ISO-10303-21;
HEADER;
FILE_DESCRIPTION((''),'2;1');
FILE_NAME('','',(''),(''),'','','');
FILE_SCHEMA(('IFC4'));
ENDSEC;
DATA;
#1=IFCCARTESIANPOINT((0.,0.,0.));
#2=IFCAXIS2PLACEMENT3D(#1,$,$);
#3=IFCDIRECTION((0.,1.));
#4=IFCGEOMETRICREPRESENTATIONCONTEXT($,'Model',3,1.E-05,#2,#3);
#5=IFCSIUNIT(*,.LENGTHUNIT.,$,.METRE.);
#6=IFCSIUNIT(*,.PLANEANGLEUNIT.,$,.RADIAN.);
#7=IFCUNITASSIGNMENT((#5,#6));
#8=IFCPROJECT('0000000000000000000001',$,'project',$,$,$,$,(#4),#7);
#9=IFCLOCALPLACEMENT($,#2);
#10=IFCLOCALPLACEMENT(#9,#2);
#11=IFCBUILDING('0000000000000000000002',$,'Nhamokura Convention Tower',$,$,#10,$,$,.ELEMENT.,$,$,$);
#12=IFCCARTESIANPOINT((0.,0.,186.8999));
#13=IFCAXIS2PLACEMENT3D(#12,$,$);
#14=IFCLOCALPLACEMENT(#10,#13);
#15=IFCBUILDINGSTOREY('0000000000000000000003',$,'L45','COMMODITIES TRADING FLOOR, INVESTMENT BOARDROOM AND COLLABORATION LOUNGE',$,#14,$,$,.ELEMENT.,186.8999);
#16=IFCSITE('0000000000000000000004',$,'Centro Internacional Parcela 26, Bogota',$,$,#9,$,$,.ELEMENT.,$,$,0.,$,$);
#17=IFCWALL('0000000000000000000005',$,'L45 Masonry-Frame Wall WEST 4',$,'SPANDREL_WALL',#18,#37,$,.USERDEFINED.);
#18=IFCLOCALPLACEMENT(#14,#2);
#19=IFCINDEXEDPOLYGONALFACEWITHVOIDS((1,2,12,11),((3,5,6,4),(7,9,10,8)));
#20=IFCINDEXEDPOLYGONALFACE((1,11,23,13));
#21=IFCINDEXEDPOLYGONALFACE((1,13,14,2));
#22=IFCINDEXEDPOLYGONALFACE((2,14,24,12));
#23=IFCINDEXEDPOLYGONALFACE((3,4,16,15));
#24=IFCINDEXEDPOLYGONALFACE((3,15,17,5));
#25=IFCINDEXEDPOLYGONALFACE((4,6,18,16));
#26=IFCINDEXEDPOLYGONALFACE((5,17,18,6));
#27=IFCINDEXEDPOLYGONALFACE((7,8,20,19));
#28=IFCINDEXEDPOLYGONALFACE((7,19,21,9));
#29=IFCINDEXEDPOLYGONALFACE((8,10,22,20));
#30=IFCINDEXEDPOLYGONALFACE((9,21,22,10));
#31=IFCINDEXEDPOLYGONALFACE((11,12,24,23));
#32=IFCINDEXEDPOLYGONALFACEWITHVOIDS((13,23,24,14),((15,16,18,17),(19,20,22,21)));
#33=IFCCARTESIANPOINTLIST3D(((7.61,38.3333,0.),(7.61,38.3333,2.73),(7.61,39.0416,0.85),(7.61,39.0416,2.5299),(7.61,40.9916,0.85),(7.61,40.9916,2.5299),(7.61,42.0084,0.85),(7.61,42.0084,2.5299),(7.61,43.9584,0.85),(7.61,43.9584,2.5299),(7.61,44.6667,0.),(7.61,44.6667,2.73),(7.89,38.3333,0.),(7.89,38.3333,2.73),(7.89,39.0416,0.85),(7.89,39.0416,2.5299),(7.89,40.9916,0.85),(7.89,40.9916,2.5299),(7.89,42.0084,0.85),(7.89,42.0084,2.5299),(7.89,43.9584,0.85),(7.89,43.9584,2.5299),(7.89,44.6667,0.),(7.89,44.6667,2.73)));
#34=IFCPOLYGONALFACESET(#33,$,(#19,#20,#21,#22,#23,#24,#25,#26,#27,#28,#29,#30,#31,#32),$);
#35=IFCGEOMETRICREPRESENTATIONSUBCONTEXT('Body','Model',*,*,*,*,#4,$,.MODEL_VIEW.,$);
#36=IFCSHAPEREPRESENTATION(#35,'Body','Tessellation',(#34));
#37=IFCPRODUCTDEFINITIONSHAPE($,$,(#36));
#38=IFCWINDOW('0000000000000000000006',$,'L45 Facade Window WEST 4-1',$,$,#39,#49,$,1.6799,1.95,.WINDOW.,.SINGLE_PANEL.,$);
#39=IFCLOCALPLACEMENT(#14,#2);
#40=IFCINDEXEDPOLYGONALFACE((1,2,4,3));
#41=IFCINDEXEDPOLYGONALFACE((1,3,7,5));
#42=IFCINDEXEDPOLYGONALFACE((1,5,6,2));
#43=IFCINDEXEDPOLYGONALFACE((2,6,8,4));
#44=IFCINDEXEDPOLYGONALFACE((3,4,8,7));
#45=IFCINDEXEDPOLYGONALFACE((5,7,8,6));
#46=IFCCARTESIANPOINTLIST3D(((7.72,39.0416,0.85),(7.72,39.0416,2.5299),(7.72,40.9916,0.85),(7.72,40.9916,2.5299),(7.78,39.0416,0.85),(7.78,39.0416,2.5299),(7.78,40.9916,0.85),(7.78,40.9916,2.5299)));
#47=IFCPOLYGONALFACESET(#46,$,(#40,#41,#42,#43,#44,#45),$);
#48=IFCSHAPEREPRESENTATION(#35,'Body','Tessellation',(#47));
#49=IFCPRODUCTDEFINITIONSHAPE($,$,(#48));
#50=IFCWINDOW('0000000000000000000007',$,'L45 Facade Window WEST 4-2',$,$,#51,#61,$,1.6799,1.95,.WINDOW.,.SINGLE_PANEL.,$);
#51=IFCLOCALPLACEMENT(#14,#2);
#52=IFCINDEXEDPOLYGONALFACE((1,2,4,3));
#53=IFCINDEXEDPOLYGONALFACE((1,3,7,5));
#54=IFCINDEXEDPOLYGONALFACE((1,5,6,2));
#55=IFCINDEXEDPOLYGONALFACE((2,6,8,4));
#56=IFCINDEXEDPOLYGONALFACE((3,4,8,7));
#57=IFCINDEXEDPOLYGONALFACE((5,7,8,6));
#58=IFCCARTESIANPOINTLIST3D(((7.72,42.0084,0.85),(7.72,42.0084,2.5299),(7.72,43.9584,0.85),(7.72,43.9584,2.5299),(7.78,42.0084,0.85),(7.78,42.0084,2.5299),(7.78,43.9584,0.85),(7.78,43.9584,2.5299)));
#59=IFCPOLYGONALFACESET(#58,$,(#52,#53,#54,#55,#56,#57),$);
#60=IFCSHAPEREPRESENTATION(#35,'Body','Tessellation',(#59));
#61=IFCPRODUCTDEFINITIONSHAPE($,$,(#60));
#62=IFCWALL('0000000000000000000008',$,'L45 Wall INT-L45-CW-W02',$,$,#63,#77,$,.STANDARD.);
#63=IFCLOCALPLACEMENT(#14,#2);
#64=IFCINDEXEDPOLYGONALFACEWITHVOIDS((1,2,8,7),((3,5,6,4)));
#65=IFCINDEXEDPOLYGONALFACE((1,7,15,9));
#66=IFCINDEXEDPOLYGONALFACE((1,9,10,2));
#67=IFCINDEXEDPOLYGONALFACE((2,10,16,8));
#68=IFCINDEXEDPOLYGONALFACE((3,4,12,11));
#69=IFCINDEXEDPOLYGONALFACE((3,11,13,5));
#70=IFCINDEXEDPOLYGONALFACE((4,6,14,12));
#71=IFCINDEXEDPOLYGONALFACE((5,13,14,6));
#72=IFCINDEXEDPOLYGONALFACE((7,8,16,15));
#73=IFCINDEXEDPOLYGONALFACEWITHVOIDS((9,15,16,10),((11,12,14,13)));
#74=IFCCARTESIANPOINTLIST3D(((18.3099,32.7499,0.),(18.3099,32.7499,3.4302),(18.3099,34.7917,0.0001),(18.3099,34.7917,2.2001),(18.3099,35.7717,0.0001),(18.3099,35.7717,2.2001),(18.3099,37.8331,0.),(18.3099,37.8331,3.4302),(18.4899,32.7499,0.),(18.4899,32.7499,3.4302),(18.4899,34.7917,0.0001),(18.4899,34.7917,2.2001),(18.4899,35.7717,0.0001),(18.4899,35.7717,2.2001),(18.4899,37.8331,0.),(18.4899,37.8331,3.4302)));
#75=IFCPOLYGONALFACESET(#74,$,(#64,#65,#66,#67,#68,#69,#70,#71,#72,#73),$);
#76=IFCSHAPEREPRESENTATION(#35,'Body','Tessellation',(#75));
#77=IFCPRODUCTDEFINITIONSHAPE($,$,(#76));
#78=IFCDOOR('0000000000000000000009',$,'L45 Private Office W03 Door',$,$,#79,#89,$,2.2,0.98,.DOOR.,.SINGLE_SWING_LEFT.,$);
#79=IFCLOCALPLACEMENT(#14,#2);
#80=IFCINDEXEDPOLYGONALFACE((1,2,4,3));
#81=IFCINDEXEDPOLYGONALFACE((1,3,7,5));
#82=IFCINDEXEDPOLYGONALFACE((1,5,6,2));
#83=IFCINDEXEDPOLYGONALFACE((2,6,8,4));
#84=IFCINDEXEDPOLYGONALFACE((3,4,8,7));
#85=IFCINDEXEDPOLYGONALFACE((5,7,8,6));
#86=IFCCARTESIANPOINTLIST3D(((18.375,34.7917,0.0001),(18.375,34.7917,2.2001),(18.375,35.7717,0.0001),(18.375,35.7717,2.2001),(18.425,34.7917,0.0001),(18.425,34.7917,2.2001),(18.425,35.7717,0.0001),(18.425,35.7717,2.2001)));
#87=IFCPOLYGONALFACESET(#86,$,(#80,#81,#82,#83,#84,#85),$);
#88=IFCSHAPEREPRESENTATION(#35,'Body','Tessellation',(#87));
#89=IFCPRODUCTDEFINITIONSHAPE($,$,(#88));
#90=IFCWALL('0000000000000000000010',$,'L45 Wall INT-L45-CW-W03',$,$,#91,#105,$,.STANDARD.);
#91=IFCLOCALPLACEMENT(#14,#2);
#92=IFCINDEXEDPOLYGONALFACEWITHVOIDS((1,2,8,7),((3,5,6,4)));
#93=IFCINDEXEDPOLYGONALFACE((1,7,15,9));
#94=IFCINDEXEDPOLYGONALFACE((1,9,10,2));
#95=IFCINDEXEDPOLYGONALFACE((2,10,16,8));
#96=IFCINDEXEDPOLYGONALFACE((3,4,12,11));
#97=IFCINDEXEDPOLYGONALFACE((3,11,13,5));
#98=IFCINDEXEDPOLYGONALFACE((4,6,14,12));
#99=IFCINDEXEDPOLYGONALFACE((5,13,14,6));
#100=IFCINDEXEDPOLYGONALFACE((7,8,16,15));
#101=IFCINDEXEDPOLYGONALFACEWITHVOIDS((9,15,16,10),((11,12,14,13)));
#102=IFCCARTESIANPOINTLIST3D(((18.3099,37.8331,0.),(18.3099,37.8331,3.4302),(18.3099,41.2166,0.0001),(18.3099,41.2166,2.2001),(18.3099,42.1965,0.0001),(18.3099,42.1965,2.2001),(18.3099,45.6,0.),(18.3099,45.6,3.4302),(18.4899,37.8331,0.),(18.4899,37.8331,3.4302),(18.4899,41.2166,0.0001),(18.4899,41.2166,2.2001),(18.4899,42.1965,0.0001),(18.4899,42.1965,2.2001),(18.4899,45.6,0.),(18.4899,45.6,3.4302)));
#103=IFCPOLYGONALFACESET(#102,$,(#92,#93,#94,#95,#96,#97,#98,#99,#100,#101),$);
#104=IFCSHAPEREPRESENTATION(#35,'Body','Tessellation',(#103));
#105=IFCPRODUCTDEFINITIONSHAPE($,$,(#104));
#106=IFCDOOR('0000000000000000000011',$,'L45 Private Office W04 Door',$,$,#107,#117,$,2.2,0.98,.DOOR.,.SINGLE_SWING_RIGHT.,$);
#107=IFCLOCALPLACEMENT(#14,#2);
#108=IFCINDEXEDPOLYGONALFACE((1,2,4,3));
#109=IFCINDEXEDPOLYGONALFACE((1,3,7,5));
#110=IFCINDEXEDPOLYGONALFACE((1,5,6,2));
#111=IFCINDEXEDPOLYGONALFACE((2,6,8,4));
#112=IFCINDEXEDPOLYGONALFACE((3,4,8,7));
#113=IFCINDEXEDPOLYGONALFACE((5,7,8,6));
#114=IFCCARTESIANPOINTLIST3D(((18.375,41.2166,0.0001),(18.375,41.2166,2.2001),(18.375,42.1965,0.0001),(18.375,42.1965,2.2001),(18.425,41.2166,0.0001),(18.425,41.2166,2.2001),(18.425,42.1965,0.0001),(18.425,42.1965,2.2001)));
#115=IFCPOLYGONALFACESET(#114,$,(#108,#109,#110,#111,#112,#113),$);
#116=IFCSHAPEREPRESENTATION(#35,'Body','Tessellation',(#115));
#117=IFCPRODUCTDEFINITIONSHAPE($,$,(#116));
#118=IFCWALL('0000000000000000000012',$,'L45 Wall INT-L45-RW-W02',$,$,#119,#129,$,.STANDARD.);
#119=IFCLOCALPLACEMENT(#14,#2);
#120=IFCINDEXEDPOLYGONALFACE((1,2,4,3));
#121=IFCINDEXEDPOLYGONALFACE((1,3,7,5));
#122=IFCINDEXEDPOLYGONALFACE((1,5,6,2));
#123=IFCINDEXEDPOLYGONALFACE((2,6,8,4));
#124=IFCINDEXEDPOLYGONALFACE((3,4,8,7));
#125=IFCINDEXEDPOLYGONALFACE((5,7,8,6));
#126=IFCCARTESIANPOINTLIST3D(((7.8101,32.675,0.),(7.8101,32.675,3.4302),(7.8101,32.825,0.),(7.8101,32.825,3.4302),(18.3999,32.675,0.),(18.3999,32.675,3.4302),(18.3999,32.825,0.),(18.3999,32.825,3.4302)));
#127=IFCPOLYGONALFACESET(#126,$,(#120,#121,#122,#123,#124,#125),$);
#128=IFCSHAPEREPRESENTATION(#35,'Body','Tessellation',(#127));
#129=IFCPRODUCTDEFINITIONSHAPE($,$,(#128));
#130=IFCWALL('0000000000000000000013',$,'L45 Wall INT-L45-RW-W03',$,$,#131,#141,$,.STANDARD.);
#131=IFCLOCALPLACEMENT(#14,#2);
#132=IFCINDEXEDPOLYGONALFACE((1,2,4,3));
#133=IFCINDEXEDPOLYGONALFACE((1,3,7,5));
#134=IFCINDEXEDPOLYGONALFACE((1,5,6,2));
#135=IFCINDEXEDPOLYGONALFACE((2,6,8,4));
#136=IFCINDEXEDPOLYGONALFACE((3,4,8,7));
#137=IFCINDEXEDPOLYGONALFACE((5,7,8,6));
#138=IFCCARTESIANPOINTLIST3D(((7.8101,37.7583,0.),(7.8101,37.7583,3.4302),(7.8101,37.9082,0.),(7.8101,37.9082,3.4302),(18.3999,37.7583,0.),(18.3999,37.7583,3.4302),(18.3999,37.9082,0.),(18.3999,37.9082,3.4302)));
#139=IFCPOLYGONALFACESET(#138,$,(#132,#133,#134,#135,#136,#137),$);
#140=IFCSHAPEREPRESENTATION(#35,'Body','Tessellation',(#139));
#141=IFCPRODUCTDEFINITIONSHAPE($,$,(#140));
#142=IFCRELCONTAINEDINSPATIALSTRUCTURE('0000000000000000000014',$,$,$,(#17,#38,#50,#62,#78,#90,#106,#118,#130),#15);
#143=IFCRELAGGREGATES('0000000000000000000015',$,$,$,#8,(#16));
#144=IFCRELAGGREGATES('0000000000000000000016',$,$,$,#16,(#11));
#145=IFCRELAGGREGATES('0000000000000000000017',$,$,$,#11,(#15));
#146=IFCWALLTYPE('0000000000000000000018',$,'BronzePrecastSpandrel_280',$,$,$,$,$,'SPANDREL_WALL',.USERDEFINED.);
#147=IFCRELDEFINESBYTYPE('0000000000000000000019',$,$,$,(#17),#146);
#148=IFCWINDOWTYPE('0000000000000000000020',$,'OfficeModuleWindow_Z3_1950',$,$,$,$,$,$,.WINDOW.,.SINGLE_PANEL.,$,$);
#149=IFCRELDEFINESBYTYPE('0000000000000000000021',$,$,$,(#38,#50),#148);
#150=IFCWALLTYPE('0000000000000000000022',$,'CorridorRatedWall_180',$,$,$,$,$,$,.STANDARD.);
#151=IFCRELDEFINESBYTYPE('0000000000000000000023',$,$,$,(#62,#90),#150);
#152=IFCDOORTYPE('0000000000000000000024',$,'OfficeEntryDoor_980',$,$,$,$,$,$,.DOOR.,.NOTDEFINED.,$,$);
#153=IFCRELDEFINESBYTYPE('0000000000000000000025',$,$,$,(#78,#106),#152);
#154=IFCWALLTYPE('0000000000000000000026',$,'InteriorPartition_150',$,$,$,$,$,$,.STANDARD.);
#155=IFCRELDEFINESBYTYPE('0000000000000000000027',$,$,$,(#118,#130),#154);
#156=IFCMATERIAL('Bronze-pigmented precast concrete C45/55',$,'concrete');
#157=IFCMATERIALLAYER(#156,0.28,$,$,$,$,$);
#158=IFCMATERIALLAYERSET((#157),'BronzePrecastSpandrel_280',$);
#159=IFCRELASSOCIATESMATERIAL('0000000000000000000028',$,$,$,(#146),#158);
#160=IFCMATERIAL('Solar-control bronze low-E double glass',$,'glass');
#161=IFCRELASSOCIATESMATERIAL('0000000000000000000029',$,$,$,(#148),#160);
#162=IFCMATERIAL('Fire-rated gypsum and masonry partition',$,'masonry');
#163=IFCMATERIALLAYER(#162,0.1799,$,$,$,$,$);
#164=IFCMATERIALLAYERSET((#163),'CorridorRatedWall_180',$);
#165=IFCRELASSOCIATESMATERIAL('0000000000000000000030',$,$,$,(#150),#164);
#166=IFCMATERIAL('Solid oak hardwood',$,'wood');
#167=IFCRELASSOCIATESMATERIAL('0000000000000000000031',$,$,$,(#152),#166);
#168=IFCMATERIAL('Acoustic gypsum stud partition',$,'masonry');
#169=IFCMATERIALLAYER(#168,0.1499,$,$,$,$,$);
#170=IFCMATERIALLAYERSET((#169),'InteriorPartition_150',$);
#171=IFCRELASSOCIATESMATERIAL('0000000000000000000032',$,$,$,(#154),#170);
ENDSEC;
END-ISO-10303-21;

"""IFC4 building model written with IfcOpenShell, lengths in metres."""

from ifc_helpers import new_model, si_unit, direction, frame, frame_2d, origin, place, context, subcontext, project, spatial, rectangle, extrude, material, layer, layer_set, type_object, element, fill, save


model = new_model("IFC4")

# Units and contexts
model_context = context("Model", 3, precision=1e-05, world=origin(), true_north=direction((0.0, 1.0)))
body_context = subcontext(model_context, "Body", "Model", "MODEL_VIEW")
ifc_project = project(units=[si_unit("LENGTHUNIT", "METRE"), si_unit("PLANEANGLEUNIT", "RADIAN")], contexts=[model_context])

# Site, building, storey
site_placement = place(None, origin())
site = spatial("IfcSite", under=ifc_project, at=site_placement, Name="Centro Internacional Parcela 26, Bogota", CompositionType="ELEMENT", RefElevation=0.0)
building_placement = place(site_placement, origin())
building = spatial("IfcBuilding", under=site, at=building_placement, Name="Nhamokura Convention Tower", CompositionType="ELEMENT")
storey_placement = place(building_placement, frame((0.0, 0.0, 186.8999)))
storey = spatial("IfcBuildingStorey", under=building, at=storey_placement, Name="L45", Description="COMMODITIES TRADING FLOOR, INVESTMENT BOARDROOM AND COLLABORATION LOUNGE", CompositionType="ELEMENT", Elevation=186.8999)

# Shared definitions
ifc_material_1 = material(Name="Bronze-pigmented precast concrete C45/55", Category="concrete")
ifc_layer_1 = layer(ifc_material_1, 0.28)
ifc_layer_set_1 = layer_set([ifc_layer_1], Name="BronzePrecastSpandrel_280")
wall_type_1 = type_object("IfcWallType", Name="BronzePrecastSpandrel_280", ElementType="SPANDREL_WALL", PredefinedType="USERDEFINED", material=ifc_layer_set_1)

# Wall, openings, windows
wall_1_placement = place(storey_placement, frame((7.75, 38.3333, 0.0), z_axis=(0.0, 0.0, 1.0), x_axis=(0.0, 1.0, 0.0)))
wall_1 = element("IfcWall", 1, at=wall_1_placement, inside=storey, type_object=wall_type_1, Name="L45 Masonry-Frame Wall WEST 4", ObjectType="SPANDREL_WALL", PredefinedType="USERDEFINED", context=body_context, shape_type="SweptSolid", body=[
    extrude(rectangle(XDim=6.3335, YDim=0.28, at=frame_2d((3.1667, 0.0))), origin(), (0.0, 0.0, 1.0), 2.73),
])
opening_1_placement = place(wall_1_placement, frame((0.7083, 0.0, 0.8501)))
opening_1 = element("IfcOpeningElement", 2, at=opening_1_placement, cuts=wall_1, PredefinedType="OPENING", context=body_context, shape_type="SweptSolid", body=[
    extrude(rectangle(XDim=1.95, YDim=1.6799, at=frame_2d((0.9751, 0.8398))), frame((0.0, 0.1499, 0.0), z_axis=(0.0, -1.0, 0.0), x_axis=(1.0, 0.0, 0.0)), (0.0, 0.0, 1.0), 0.3),
])
opening_2_placement = place(wall_1_placement, frame((3.675, 0.0, 0.8501)))
opening_2 = element("IfcOpeningElement", 3, at=opening_2_placement, cuts=wall_1, PredefinedType="OPENING", context=body_context, shape_type="SweptSolid", body=[
    extrude(rectangle(XDim=1.95, YDim=1.6799, at=frame_2d((0.9751, 0.8398))), frame((0.0, 0.1499, 0.0), z_axis=(0.0, -1.0, 0.0), x_axis=(1.0, 0.0, 0.0)), (0.0, 0.0, 1.0), 0.3),
])
ifc_material_2 = material(Name="Solar-control bronze low-E double glass", Category="glass")
window_type_1 = type_object("IfcWindowType", Name="OfficeModuleWindow_Z3_1950", PartitioningType="SINGLE_PANEL", PredefinedType="WINDOW", material=ifc_material_2)
window_1_placement = place(opening_1_placement, origin())
window_1 = element("IfcWindow", 4, at=window_1_placement, inside=storey, type_object=window_type_1, Name="L45 Facade Window WEST 4-1", OverallHeight=1.6799, OverallWidth=1.95, PartitioningType="SINGLE_PANEL", PredefinedType="WINDOW", context=body_context, shape_type="SweptSolid", body=[
    extrude(rectangle(XDim=1.95, YDim=1.6799, at=frame_2d((0.9751, 0.8398))), frame((0.0, 0.03, 0.0), z_axis=(0.0, -1.0, 0.0), x_axis=(1.0, 0.0, 0.0)), (0.0, 0.0, 1.0), 0.0601),
])
fill(opening_1, window_1)
window_2_placement = place(opening_2_placement, origin())
window_2 = element("IfcWindow", 5, at=window_2_placement, inside=storey, type_object=window_type_1, Name="L45 Facade Window WEST 4-2", OverallHeight=1.6799, OverallWidth=1.95, PartitioningType="SINGLE_PANEL", PredefinedType="WINDOW", context=body_context, shape_type="SweptSolid", body=[
    extrude(rectangle(XDim=1.95, YDim=1.6799, at=frame_2d((0.9751, 0.8398))), frame((0.0, 0.03, 0.0), z_axis=(0.0, -1.0, 0.0), x_axis=(1.0, 0.0, 0.0)), (0.0, 0.0, 1.0), 0.0601),
])
fill(opening_2, window_2)

# Walls, openings, doors
ifc_material_3 = material(Name="Fire-rated gypsum and masonry partition", Category="masonry")
ifc_layer_2 = layer(ifc_material_3, 0.1799)
ifc_layer_set_2 = layer_set([ifc_layer_2], Name="CorridorRatedWall_180")
wall_type_2 = type_object("IfcWallType", Name="CorridorRatedWall_180", PredefinedType="STANDARD", material=ifc_layer_set_2)
wall_2_placement = place(storey_placement, frame((18.3999, 32.75, 0.0), z_axis=(0.0, 0.0, 1.0), x_axis=(0.0, 1.0, 0.0)))
wall_2 = element("IfcWall", 6, at=wall_2_placement, inside=storey, type_object=wall_type_2, Name="L45 Wall INT-L45-CW-W02", PredefinedType="STANDARD", context=body_context, shape_type="SweptSolid", body=[
    extrude(rectangle(XDim=5.0833, YDim=0.1799, at=frame_2d((2.5415, 0.0))), origin(), (0.0, 0.0, 1.0), 3.4302),
])
opening_3_placement = place(wall_2_placement, frame((2.0417, 0.0, 0.0)))
opening_3 = element("IfcOpeningElement", 7, at=opening_3_placement, cuts=wall_2, PredefinedType="OPENING", context=body_context, shape_type="SweptSolid", body=[
    extrude(rectangle(XDim=0.98, YDim=2.2, at=frame_2d((0.49, 1.1001))), frame((0.0, 0.0999, 0.0), z_axis=(0.0, -1.0, 0.0), x_axis=(1.0, 0.0, 0.0)), (0.0, 0.0, 1.0), 0.2),
])
ifc_material_4 = material(Name="Solid oak hardwood", Category="wood")
door_type = type_object("IfcDoorType", Name="OfficeEntryDoor_980", OperationType="NOTDEFINED", PredefinedType="DOOR", material=ifc_material_4)
door_1_placement = place(opening_3_placement, origin())
door_1 = element("IfcDoor", 8, at=door_1_placement, inside=storey, type_object=door_type, Name="L45 Private Office W03 Door", OperationType="SINGLE_SWING_LEFT", OverallHeight=2.2, OverallWidth=0.98, PredefinedType="DOOR", context=body_context, shape_type="SweptSolid", body=[
    extrude(rectangle(XDim=0.98, YDim=2.2, at=frame_2d((0.49, 1.1001))), frame((0.0, 0.0249, 0.0), z_axis=(0.0, -1.0, 0.0), x_axis=(1.0, 0.0, 0.0)), (0.0, 0.0, 1.0), 0.05),
])
fill(opening_3, door_1)
wall_3_placement = place(storey_placement, frame((18.3999, 37.8333, 0.0), z_axis=(0.0, 0.0, 1.0), x_axis=(0.0, 1.0, 0.0)))
wall_3 = element("IfcWall", 9, at=wall_3_placement, inside=storey, type_object=wall_type_2, Name="L45 Wall INT-L45-CW-W03", PredefinedType="STANDARD", context=body_context, shape_type="SweptSolid", body=[
    extrude(rectangle(XDim=7.7668, YDim=0.1799, at=frame_2d((3.8833, 0.0))), origin(), (0.0, 0.0, 1.0), 3.4302),
])
opening_4_placement = place(wall_3_placement, frame((3.3833, 0.0, 0.0)))
opening_4 = element("IfcOpeningElement", 10, at=opening_4_placement, cuts=wall_3, PredefinedType="OPENING", context=body_context, shape_type="SweptSolid", body=[
    extrude(rectangle(XDim=0.98, YDim=2.2, at=frame_2d((0.49, 1.1001))), frame((0.0, 0.0999, 0.0), z_axis=(0.0, -1.0, 0.0), x_axis=(1.0, 0.0, 0.0)), (0.0, 0.0, 1.0), 0.2),
])
door_2_placement = place(opening_4_placement, origin())
door_2 = element("IfcDoor", 11, at=door_2_placement, inside=storey, type_object=door_type, Name="L45 Private Office W04 Door", OperationType="SINGLE_SWING_RIGHT", OverallHeight=2.2, OverallWidth=0.98, PredefinedType="DOOR", context=body_context, shape_type="SweptSolid", body=[
    extrude(rectangle(XDim=0.98, YDim=2.2, at=frame_2d((0.49, 1.1001))), frame((0.0, 0.0249, 0.0), z_axis=(0.0, -1.0, 0.0), x_axis=(1.0, 0.0, 0.0)), (0.0, 0.0, 1.0), 0.05),
])
fill(opening_4, door_2)

# Walls
ifc_material_5 = material(Name="Acoustic gypsum stud partition", Category="masonry")
ifc_layer_3 = layer(ifc_material_5, 0.1499)
ifc_layer_set_3 = layer_set([ifc_layer_3], Name="InteriorPartition_150")
wall_type_3 = type_object("IfcWallType", Name="InteriorPartition_150", PredefinedType="STANDARD", material=ifc_layer_set_3)
for number, where, z_axis, x_axis, name in (
    (12, (7.8101, 32.75, 0.0), (0.0, 0.0, 1.0), (1.0, 0.0, 0.0), "L45 Wall INT-L45-RW-W02"),
    (13, (7.8101, 37.8333, 0.0), (0.0, 0.0, 1.0), (1.0, 0.0, 0.0), "L45 Wall INT-L45-RW-W03"),
):
    element("IfcWall", number, at=place(storey_placement, frame(where, z_axis=z_axis, x_axis=x_axis)), inside=storey, type_object=wall_type_3, Name=name, PredefinedType="STANDARD", context=body_context, shape_type="SweptSolid", body=[
        extrude(rectangle(XDim=10.5898, YDim=0.1499, at=frame_2d((5.2949, 0.0))), origin(), (0.0, 0.0, 1.0), 3.4302),
    ])

save(model, "model.ifc")
